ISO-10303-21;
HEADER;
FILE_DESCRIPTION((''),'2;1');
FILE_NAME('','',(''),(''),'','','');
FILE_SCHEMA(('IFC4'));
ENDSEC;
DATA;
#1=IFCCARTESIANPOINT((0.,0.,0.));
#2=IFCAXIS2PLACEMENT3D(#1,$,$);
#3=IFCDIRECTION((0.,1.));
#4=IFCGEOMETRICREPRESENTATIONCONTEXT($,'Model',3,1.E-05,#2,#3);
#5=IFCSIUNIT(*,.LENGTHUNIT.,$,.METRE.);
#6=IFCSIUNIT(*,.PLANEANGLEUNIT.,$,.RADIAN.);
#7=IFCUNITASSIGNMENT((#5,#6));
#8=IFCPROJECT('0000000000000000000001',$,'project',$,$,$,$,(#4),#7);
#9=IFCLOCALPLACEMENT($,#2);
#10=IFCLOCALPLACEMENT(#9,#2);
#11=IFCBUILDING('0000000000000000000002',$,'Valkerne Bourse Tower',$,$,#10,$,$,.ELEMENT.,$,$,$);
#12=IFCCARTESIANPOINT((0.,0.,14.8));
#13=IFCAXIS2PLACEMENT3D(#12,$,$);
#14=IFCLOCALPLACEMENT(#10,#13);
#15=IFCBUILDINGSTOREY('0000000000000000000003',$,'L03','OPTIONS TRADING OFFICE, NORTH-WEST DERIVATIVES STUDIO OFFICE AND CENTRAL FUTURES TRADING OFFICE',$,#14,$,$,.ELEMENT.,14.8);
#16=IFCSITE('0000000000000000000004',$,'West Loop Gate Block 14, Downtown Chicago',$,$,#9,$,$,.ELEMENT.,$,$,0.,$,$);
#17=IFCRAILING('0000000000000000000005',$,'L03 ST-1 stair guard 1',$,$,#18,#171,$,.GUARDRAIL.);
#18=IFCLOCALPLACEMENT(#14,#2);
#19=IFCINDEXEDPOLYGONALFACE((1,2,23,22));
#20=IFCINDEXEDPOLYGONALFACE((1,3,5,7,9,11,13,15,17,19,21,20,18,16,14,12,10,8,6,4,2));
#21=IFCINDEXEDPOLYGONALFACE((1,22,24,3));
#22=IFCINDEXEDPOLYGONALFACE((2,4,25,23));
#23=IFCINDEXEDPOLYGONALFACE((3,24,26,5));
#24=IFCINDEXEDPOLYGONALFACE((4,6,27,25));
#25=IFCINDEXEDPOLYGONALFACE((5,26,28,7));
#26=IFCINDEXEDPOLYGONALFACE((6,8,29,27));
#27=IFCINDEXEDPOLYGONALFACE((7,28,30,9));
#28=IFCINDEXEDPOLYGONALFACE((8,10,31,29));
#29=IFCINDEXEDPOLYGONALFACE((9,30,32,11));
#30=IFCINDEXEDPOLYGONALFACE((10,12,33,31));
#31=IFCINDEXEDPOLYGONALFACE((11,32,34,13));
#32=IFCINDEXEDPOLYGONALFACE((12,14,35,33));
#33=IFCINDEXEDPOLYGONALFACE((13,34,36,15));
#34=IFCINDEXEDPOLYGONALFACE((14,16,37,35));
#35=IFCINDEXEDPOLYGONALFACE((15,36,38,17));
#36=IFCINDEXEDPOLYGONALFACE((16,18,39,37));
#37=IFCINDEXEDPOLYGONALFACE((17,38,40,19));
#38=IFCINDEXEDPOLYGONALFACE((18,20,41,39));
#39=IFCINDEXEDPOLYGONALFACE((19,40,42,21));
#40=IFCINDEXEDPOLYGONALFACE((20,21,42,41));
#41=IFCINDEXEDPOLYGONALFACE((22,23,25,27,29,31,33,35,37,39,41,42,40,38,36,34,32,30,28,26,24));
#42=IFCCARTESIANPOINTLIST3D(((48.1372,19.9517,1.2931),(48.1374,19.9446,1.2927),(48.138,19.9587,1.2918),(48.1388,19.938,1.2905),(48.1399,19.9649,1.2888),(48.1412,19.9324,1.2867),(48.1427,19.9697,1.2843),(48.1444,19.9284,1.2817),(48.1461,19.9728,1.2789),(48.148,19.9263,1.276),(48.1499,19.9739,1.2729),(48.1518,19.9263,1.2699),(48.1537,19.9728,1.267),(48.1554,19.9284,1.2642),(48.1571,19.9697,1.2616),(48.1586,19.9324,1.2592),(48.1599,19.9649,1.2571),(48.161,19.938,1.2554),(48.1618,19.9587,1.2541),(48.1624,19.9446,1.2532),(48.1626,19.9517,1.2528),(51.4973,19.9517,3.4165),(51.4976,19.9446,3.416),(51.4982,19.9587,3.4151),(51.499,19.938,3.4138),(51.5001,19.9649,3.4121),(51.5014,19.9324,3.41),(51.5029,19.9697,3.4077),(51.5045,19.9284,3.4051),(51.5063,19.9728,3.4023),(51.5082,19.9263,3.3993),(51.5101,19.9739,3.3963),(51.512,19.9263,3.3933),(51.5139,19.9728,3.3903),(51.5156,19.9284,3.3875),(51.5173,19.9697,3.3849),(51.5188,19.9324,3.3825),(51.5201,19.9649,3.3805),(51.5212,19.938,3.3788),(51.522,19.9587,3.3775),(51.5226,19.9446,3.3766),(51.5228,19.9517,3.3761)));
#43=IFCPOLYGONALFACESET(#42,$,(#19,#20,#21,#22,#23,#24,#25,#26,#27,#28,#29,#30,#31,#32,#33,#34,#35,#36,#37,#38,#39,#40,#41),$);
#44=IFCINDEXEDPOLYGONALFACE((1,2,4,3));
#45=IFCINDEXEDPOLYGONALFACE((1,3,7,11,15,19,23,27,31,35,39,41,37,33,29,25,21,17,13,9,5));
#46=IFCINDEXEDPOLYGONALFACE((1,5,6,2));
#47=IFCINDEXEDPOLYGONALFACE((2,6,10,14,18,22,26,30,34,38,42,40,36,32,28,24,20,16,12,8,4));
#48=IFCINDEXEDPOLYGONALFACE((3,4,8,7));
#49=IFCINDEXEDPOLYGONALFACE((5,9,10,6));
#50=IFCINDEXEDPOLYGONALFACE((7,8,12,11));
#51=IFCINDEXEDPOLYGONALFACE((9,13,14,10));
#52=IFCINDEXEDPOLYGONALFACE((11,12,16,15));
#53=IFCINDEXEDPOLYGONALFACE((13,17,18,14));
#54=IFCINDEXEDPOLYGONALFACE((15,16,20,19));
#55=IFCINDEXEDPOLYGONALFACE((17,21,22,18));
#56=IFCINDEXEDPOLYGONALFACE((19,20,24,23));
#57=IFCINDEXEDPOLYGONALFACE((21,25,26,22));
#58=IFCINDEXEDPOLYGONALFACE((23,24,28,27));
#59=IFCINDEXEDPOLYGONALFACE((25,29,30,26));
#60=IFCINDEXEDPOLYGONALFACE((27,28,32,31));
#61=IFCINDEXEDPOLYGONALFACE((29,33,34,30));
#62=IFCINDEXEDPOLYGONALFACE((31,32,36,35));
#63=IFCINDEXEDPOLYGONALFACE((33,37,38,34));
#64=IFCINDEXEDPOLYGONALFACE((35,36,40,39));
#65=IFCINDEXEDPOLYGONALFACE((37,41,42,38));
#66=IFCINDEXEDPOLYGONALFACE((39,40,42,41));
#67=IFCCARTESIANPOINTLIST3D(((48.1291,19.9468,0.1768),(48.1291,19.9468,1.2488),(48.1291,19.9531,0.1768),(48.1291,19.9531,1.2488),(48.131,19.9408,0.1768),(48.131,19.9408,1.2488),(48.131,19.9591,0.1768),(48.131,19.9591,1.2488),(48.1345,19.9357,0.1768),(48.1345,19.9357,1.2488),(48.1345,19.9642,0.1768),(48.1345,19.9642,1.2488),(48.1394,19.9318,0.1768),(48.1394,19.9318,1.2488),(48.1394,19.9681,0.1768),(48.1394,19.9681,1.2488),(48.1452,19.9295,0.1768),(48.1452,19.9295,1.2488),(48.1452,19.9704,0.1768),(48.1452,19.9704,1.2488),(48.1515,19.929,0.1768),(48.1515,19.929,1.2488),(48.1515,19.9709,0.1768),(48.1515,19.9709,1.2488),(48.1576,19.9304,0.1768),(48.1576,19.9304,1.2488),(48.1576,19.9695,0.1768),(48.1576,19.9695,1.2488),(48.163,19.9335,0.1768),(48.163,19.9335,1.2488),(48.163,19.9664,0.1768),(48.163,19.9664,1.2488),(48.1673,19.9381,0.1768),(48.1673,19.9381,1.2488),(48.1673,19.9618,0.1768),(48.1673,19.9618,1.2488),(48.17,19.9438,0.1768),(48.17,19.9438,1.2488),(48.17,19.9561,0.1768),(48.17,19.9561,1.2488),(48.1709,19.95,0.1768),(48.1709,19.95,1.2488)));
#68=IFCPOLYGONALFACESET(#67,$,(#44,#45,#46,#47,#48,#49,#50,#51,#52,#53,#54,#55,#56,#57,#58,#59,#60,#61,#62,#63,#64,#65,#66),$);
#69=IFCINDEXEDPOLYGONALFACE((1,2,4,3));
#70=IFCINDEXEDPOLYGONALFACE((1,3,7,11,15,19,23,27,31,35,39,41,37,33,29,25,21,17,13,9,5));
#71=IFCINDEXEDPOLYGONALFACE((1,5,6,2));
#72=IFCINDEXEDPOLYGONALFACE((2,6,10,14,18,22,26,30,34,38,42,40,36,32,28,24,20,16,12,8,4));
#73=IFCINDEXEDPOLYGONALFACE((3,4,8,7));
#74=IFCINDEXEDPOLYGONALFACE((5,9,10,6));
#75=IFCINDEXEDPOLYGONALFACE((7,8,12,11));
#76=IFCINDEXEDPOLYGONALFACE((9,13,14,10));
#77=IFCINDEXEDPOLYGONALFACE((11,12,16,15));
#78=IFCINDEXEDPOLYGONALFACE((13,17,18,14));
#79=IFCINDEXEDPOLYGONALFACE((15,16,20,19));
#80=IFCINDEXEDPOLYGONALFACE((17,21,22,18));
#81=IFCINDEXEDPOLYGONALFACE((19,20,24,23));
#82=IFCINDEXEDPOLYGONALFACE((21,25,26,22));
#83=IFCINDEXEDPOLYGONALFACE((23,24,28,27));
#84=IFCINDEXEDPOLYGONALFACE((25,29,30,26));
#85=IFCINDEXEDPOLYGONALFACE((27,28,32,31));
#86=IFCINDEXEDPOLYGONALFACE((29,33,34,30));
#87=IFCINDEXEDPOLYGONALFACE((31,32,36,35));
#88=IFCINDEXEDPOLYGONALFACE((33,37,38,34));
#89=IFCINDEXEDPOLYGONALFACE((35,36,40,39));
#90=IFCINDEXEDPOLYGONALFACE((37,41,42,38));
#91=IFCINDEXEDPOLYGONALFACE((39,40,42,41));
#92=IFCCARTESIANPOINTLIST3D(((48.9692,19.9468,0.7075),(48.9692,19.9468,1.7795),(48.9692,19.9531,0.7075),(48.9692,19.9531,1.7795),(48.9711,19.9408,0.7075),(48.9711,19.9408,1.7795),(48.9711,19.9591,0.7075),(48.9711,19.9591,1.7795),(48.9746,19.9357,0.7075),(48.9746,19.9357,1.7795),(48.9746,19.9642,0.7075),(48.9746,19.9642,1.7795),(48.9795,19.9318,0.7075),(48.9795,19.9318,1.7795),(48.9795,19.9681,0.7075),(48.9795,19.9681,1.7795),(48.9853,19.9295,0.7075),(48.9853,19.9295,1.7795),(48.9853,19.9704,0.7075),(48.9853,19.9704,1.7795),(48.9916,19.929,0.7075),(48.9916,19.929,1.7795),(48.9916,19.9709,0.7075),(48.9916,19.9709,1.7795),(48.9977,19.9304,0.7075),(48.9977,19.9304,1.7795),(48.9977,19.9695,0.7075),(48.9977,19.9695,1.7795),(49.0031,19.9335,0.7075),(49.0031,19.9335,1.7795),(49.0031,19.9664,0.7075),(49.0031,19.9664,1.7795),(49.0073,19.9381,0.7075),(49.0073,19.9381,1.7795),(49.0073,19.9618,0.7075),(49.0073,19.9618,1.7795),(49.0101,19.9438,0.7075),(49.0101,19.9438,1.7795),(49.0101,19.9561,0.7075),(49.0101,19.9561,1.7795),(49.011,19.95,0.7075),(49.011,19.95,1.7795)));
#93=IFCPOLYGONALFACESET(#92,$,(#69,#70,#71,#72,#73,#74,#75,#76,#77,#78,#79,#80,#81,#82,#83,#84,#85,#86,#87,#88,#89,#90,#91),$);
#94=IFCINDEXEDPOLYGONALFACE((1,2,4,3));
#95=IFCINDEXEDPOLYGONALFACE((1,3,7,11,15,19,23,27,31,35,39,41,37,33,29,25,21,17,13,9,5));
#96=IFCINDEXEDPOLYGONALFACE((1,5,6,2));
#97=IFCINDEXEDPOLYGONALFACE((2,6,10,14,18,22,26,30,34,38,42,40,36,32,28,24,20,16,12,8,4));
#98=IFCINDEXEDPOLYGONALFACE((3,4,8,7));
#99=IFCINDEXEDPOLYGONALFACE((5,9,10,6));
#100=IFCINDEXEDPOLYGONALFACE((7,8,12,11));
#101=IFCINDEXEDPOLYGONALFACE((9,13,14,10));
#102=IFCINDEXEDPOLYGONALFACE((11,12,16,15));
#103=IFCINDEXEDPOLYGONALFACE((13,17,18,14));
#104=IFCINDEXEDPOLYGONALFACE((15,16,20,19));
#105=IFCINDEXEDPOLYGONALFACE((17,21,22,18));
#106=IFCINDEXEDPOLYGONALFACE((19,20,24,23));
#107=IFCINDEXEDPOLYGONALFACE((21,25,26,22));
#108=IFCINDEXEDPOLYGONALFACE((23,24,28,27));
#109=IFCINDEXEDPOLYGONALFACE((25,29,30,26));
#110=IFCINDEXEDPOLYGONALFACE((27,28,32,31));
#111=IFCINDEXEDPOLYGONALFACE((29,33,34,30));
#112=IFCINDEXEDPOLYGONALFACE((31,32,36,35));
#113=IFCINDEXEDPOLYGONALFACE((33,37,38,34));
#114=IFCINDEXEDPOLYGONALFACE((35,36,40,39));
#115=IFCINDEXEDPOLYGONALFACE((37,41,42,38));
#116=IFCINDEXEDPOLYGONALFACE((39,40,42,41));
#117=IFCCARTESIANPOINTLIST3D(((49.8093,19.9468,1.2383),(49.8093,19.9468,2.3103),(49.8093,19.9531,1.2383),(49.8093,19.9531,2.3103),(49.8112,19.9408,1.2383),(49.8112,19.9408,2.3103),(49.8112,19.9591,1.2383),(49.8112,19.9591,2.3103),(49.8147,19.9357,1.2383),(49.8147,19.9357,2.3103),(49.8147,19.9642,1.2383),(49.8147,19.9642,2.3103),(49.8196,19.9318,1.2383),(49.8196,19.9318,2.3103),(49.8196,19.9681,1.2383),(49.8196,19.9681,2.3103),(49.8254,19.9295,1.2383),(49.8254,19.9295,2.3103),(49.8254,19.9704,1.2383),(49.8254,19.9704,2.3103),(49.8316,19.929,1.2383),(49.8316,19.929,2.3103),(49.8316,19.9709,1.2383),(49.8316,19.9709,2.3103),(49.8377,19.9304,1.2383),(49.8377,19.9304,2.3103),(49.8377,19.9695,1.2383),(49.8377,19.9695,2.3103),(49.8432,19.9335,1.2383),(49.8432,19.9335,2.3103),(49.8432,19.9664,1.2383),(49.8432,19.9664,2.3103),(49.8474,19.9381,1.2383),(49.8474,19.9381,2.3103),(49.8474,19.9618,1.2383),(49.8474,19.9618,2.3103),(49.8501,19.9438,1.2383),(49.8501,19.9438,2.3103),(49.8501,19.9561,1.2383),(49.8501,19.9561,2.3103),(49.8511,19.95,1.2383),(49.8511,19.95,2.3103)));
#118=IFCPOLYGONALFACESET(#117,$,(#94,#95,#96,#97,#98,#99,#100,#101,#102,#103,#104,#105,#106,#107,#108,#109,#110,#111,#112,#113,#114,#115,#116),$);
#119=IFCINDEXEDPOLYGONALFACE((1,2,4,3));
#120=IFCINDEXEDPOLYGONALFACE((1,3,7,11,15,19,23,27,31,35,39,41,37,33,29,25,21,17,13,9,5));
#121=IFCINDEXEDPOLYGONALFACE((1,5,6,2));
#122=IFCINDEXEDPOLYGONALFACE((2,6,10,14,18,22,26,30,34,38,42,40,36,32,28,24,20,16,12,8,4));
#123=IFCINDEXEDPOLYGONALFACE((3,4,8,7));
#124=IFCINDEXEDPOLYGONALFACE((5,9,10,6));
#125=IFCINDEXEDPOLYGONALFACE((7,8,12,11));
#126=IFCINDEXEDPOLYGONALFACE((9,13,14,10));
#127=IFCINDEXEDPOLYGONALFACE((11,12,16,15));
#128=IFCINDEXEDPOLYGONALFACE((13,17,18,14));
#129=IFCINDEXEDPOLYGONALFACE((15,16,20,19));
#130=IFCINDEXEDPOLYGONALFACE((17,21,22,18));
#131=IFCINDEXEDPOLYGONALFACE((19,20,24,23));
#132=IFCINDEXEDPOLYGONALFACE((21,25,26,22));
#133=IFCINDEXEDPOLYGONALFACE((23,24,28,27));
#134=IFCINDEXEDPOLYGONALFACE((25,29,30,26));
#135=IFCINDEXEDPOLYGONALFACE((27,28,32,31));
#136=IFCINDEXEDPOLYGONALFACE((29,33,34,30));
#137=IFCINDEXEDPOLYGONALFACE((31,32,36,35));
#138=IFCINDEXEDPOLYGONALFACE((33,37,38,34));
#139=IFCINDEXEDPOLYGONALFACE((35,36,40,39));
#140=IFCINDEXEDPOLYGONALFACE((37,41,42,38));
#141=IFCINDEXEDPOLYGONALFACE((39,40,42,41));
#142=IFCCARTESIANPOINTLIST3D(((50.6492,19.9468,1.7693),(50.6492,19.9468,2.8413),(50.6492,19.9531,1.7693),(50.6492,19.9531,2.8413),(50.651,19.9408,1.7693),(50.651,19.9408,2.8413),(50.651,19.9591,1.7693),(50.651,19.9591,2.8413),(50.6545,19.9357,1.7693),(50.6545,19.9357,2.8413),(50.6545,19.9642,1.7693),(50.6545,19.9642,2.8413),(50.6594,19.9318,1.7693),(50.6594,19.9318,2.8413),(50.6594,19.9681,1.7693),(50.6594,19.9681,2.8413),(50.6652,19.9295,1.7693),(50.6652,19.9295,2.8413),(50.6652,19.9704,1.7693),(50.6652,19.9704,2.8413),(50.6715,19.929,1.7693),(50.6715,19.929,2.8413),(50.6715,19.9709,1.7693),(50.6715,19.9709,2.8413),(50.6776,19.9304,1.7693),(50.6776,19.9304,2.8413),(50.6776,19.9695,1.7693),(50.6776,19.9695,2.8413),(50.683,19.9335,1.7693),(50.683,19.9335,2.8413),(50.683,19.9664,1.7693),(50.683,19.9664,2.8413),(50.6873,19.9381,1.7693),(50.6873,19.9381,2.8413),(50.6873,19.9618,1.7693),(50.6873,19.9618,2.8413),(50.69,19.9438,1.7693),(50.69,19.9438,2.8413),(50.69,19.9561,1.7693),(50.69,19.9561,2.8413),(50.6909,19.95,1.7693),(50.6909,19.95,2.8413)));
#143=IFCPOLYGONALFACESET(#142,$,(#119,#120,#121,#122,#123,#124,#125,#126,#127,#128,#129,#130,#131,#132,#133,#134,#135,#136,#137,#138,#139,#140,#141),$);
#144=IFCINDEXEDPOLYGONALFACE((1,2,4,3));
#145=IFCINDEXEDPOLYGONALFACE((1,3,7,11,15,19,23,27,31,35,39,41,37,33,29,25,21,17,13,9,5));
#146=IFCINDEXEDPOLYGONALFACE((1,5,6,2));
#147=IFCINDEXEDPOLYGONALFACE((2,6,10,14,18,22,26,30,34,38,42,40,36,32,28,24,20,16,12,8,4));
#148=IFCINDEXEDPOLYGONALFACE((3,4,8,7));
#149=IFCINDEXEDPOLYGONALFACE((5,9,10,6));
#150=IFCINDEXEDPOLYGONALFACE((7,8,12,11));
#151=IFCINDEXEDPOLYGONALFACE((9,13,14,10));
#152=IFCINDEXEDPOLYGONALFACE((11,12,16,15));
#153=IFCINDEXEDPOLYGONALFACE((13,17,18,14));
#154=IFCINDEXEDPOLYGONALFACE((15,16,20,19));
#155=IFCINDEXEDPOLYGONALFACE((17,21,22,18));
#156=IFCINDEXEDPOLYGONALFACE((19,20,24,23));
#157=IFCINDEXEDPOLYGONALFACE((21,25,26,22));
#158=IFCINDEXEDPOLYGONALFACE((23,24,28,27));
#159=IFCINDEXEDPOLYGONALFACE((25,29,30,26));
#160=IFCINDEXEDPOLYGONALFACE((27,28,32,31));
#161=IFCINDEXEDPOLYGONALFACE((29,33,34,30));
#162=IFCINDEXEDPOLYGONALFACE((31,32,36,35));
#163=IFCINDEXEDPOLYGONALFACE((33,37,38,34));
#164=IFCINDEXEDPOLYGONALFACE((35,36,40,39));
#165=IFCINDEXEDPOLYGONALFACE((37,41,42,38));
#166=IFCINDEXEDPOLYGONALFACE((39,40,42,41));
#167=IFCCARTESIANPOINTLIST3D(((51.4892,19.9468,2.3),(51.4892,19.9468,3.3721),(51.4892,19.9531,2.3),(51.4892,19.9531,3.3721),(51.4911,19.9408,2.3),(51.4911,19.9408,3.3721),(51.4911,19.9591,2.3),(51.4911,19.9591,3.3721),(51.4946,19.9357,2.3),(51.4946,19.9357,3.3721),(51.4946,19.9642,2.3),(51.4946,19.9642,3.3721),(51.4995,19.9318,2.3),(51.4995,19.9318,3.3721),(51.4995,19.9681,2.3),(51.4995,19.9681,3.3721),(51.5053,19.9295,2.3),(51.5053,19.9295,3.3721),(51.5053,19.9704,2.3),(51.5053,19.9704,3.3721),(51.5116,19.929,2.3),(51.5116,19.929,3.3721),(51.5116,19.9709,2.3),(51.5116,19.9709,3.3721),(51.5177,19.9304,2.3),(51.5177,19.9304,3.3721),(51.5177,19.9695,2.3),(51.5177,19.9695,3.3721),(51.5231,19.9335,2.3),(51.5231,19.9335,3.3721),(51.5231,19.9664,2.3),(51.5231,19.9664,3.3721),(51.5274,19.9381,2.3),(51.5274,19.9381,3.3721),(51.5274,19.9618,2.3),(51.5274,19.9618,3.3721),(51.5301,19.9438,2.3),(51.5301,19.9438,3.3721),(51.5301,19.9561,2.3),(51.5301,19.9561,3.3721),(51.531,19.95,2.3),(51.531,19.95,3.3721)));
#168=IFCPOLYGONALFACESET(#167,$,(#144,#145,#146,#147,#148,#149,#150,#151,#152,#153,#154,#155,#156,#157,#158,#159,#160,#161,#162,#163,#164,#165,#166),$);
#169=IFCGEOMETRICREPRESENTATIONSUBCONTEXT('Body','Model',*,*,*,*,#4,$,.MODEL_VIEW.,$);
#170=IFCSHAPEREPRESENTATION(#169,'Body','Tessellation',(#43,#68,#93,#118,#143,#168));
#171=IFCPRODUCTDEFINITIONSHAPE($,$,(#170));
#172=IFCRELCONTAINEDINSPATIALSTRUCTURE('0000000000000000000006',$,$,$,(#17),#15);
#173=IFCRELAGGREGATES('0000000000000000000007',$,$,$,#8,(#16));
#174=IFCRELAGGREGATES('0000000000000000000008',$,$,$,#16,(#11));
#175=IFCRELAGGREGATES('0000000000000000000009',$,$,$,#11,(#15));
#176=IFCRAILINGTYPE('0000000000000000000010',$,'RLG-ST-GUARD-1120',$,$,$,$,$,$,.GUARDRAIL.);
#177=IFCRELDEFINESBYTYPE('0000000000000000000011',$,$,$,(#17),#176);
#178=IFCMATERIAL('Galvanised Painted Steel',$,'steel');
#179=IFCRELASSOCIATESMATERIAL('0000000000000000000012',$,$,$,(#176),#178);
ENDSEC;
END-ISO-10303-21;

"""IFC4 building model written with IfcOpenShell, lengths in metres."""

from ifc_helpers import new_model, si_unit, direction, frame, origin, origin_2d, place, context, subcontext, project, spatial, circle, extrude, material, type_object, element, save


model = new_model("IFC4")

# Units and contexts
model_context = context("Model", 3, precision=1e-05, world=origin(), true_north=direction((0.0, 1.0)))
body_context = subcontext(model_context, "Body", "Model", "MODEL_VIEW")
ifc_project = project(units=[si_unit("LENGTHUNIT", "METRE"), si_unit("PLANEANGLEUNIT", "RADIAN")], contexts=[model_context])

# Site, building, storey
site_placement = place(None, origin())
site = spatial("IfcSite", under=ifc_project, at=site_placement, Name="West Loop Gate Block 14, Downtown Chicago", CompositionType="ELEMENT", RefElevation=0.0)
building_placement = place(site_placement, origin())
building = spatial("IfcBuilding", under=site, at=building_placement, Name="Valkerne Bourse Tower", CompositionType="ELEMENT")
storey_placement = place(building_placement, frame((0.0, 0.0, 14.8)))
storey = spatial("IfcBuildingStorey", under=building, at=storey_placement, Name="L03", Description="OPTIONS TRADING OFFICE, NORTH-WEST DERIVATIVES STUDIO OFFICE AND CENTRAL FUTURES TRADING OFFICE", CompositionType="ELEMENT", Elevation=14.8)

# Shared definitions
ifc_material_1 = material(Name="Galvanised Painted Steel", Category="steel")

# Railing
railing_type_1 = type_object("IfcRailingType", Name="RLG-ST-GUARD-1120", PredefinedType="GUARDRAIL", material=ifc_material_1)
railing_1_placement = place(storey_placement, frame((48.1499, 19.95, 0.1768)))
element("IfcRailing", 1, at=railing_1_placement, inside=storey, type_object=railing_type_1, Name="L03 ST-1 stair guard 1", PredefinedType="GUARDRAIL", context=body_context, shape_type="SweptSolid", body=[
    extrude(circle(Radius=0.0239, at=origin_2d()), frame((0.0, 0.0, 1.0962), z_axis=(0.845362, 0.0, 0.534194), x_axis=(0.0, 1.0, 0.0)), (0.0, 0.0, 1.0), 3.9749),
    extrude(circle(Radius=0.021, at=origin_2d()), origin(), (0.0, 0.0, 1.0), 1.072),
    extrude(circle(Radius=0.021, at=origin_2d()), frame((0.8401, 0.0, 0.5308)), (0.0, 0.0, 1.0), 1.072),
    extrude(circle(Radius=0.021, at=origin_2d()), frame((1.6802, 0.0, 1.0615)), (0.0, 0.0, 1.0), 1.072),
    extrude(circle(Radius=0.021, at=origin_2d()), frame((2.52, 0.0, 1.5925)), (0.0, 0.0, 1.0), 1.072),
    extrude(circle(Radius=0.021, at=origin_2d()), frame((3.3601, 0.0, 2.1233)), (0.0, 0.0, 1.0), 1.072),
])

save(model, "model.ifc")
